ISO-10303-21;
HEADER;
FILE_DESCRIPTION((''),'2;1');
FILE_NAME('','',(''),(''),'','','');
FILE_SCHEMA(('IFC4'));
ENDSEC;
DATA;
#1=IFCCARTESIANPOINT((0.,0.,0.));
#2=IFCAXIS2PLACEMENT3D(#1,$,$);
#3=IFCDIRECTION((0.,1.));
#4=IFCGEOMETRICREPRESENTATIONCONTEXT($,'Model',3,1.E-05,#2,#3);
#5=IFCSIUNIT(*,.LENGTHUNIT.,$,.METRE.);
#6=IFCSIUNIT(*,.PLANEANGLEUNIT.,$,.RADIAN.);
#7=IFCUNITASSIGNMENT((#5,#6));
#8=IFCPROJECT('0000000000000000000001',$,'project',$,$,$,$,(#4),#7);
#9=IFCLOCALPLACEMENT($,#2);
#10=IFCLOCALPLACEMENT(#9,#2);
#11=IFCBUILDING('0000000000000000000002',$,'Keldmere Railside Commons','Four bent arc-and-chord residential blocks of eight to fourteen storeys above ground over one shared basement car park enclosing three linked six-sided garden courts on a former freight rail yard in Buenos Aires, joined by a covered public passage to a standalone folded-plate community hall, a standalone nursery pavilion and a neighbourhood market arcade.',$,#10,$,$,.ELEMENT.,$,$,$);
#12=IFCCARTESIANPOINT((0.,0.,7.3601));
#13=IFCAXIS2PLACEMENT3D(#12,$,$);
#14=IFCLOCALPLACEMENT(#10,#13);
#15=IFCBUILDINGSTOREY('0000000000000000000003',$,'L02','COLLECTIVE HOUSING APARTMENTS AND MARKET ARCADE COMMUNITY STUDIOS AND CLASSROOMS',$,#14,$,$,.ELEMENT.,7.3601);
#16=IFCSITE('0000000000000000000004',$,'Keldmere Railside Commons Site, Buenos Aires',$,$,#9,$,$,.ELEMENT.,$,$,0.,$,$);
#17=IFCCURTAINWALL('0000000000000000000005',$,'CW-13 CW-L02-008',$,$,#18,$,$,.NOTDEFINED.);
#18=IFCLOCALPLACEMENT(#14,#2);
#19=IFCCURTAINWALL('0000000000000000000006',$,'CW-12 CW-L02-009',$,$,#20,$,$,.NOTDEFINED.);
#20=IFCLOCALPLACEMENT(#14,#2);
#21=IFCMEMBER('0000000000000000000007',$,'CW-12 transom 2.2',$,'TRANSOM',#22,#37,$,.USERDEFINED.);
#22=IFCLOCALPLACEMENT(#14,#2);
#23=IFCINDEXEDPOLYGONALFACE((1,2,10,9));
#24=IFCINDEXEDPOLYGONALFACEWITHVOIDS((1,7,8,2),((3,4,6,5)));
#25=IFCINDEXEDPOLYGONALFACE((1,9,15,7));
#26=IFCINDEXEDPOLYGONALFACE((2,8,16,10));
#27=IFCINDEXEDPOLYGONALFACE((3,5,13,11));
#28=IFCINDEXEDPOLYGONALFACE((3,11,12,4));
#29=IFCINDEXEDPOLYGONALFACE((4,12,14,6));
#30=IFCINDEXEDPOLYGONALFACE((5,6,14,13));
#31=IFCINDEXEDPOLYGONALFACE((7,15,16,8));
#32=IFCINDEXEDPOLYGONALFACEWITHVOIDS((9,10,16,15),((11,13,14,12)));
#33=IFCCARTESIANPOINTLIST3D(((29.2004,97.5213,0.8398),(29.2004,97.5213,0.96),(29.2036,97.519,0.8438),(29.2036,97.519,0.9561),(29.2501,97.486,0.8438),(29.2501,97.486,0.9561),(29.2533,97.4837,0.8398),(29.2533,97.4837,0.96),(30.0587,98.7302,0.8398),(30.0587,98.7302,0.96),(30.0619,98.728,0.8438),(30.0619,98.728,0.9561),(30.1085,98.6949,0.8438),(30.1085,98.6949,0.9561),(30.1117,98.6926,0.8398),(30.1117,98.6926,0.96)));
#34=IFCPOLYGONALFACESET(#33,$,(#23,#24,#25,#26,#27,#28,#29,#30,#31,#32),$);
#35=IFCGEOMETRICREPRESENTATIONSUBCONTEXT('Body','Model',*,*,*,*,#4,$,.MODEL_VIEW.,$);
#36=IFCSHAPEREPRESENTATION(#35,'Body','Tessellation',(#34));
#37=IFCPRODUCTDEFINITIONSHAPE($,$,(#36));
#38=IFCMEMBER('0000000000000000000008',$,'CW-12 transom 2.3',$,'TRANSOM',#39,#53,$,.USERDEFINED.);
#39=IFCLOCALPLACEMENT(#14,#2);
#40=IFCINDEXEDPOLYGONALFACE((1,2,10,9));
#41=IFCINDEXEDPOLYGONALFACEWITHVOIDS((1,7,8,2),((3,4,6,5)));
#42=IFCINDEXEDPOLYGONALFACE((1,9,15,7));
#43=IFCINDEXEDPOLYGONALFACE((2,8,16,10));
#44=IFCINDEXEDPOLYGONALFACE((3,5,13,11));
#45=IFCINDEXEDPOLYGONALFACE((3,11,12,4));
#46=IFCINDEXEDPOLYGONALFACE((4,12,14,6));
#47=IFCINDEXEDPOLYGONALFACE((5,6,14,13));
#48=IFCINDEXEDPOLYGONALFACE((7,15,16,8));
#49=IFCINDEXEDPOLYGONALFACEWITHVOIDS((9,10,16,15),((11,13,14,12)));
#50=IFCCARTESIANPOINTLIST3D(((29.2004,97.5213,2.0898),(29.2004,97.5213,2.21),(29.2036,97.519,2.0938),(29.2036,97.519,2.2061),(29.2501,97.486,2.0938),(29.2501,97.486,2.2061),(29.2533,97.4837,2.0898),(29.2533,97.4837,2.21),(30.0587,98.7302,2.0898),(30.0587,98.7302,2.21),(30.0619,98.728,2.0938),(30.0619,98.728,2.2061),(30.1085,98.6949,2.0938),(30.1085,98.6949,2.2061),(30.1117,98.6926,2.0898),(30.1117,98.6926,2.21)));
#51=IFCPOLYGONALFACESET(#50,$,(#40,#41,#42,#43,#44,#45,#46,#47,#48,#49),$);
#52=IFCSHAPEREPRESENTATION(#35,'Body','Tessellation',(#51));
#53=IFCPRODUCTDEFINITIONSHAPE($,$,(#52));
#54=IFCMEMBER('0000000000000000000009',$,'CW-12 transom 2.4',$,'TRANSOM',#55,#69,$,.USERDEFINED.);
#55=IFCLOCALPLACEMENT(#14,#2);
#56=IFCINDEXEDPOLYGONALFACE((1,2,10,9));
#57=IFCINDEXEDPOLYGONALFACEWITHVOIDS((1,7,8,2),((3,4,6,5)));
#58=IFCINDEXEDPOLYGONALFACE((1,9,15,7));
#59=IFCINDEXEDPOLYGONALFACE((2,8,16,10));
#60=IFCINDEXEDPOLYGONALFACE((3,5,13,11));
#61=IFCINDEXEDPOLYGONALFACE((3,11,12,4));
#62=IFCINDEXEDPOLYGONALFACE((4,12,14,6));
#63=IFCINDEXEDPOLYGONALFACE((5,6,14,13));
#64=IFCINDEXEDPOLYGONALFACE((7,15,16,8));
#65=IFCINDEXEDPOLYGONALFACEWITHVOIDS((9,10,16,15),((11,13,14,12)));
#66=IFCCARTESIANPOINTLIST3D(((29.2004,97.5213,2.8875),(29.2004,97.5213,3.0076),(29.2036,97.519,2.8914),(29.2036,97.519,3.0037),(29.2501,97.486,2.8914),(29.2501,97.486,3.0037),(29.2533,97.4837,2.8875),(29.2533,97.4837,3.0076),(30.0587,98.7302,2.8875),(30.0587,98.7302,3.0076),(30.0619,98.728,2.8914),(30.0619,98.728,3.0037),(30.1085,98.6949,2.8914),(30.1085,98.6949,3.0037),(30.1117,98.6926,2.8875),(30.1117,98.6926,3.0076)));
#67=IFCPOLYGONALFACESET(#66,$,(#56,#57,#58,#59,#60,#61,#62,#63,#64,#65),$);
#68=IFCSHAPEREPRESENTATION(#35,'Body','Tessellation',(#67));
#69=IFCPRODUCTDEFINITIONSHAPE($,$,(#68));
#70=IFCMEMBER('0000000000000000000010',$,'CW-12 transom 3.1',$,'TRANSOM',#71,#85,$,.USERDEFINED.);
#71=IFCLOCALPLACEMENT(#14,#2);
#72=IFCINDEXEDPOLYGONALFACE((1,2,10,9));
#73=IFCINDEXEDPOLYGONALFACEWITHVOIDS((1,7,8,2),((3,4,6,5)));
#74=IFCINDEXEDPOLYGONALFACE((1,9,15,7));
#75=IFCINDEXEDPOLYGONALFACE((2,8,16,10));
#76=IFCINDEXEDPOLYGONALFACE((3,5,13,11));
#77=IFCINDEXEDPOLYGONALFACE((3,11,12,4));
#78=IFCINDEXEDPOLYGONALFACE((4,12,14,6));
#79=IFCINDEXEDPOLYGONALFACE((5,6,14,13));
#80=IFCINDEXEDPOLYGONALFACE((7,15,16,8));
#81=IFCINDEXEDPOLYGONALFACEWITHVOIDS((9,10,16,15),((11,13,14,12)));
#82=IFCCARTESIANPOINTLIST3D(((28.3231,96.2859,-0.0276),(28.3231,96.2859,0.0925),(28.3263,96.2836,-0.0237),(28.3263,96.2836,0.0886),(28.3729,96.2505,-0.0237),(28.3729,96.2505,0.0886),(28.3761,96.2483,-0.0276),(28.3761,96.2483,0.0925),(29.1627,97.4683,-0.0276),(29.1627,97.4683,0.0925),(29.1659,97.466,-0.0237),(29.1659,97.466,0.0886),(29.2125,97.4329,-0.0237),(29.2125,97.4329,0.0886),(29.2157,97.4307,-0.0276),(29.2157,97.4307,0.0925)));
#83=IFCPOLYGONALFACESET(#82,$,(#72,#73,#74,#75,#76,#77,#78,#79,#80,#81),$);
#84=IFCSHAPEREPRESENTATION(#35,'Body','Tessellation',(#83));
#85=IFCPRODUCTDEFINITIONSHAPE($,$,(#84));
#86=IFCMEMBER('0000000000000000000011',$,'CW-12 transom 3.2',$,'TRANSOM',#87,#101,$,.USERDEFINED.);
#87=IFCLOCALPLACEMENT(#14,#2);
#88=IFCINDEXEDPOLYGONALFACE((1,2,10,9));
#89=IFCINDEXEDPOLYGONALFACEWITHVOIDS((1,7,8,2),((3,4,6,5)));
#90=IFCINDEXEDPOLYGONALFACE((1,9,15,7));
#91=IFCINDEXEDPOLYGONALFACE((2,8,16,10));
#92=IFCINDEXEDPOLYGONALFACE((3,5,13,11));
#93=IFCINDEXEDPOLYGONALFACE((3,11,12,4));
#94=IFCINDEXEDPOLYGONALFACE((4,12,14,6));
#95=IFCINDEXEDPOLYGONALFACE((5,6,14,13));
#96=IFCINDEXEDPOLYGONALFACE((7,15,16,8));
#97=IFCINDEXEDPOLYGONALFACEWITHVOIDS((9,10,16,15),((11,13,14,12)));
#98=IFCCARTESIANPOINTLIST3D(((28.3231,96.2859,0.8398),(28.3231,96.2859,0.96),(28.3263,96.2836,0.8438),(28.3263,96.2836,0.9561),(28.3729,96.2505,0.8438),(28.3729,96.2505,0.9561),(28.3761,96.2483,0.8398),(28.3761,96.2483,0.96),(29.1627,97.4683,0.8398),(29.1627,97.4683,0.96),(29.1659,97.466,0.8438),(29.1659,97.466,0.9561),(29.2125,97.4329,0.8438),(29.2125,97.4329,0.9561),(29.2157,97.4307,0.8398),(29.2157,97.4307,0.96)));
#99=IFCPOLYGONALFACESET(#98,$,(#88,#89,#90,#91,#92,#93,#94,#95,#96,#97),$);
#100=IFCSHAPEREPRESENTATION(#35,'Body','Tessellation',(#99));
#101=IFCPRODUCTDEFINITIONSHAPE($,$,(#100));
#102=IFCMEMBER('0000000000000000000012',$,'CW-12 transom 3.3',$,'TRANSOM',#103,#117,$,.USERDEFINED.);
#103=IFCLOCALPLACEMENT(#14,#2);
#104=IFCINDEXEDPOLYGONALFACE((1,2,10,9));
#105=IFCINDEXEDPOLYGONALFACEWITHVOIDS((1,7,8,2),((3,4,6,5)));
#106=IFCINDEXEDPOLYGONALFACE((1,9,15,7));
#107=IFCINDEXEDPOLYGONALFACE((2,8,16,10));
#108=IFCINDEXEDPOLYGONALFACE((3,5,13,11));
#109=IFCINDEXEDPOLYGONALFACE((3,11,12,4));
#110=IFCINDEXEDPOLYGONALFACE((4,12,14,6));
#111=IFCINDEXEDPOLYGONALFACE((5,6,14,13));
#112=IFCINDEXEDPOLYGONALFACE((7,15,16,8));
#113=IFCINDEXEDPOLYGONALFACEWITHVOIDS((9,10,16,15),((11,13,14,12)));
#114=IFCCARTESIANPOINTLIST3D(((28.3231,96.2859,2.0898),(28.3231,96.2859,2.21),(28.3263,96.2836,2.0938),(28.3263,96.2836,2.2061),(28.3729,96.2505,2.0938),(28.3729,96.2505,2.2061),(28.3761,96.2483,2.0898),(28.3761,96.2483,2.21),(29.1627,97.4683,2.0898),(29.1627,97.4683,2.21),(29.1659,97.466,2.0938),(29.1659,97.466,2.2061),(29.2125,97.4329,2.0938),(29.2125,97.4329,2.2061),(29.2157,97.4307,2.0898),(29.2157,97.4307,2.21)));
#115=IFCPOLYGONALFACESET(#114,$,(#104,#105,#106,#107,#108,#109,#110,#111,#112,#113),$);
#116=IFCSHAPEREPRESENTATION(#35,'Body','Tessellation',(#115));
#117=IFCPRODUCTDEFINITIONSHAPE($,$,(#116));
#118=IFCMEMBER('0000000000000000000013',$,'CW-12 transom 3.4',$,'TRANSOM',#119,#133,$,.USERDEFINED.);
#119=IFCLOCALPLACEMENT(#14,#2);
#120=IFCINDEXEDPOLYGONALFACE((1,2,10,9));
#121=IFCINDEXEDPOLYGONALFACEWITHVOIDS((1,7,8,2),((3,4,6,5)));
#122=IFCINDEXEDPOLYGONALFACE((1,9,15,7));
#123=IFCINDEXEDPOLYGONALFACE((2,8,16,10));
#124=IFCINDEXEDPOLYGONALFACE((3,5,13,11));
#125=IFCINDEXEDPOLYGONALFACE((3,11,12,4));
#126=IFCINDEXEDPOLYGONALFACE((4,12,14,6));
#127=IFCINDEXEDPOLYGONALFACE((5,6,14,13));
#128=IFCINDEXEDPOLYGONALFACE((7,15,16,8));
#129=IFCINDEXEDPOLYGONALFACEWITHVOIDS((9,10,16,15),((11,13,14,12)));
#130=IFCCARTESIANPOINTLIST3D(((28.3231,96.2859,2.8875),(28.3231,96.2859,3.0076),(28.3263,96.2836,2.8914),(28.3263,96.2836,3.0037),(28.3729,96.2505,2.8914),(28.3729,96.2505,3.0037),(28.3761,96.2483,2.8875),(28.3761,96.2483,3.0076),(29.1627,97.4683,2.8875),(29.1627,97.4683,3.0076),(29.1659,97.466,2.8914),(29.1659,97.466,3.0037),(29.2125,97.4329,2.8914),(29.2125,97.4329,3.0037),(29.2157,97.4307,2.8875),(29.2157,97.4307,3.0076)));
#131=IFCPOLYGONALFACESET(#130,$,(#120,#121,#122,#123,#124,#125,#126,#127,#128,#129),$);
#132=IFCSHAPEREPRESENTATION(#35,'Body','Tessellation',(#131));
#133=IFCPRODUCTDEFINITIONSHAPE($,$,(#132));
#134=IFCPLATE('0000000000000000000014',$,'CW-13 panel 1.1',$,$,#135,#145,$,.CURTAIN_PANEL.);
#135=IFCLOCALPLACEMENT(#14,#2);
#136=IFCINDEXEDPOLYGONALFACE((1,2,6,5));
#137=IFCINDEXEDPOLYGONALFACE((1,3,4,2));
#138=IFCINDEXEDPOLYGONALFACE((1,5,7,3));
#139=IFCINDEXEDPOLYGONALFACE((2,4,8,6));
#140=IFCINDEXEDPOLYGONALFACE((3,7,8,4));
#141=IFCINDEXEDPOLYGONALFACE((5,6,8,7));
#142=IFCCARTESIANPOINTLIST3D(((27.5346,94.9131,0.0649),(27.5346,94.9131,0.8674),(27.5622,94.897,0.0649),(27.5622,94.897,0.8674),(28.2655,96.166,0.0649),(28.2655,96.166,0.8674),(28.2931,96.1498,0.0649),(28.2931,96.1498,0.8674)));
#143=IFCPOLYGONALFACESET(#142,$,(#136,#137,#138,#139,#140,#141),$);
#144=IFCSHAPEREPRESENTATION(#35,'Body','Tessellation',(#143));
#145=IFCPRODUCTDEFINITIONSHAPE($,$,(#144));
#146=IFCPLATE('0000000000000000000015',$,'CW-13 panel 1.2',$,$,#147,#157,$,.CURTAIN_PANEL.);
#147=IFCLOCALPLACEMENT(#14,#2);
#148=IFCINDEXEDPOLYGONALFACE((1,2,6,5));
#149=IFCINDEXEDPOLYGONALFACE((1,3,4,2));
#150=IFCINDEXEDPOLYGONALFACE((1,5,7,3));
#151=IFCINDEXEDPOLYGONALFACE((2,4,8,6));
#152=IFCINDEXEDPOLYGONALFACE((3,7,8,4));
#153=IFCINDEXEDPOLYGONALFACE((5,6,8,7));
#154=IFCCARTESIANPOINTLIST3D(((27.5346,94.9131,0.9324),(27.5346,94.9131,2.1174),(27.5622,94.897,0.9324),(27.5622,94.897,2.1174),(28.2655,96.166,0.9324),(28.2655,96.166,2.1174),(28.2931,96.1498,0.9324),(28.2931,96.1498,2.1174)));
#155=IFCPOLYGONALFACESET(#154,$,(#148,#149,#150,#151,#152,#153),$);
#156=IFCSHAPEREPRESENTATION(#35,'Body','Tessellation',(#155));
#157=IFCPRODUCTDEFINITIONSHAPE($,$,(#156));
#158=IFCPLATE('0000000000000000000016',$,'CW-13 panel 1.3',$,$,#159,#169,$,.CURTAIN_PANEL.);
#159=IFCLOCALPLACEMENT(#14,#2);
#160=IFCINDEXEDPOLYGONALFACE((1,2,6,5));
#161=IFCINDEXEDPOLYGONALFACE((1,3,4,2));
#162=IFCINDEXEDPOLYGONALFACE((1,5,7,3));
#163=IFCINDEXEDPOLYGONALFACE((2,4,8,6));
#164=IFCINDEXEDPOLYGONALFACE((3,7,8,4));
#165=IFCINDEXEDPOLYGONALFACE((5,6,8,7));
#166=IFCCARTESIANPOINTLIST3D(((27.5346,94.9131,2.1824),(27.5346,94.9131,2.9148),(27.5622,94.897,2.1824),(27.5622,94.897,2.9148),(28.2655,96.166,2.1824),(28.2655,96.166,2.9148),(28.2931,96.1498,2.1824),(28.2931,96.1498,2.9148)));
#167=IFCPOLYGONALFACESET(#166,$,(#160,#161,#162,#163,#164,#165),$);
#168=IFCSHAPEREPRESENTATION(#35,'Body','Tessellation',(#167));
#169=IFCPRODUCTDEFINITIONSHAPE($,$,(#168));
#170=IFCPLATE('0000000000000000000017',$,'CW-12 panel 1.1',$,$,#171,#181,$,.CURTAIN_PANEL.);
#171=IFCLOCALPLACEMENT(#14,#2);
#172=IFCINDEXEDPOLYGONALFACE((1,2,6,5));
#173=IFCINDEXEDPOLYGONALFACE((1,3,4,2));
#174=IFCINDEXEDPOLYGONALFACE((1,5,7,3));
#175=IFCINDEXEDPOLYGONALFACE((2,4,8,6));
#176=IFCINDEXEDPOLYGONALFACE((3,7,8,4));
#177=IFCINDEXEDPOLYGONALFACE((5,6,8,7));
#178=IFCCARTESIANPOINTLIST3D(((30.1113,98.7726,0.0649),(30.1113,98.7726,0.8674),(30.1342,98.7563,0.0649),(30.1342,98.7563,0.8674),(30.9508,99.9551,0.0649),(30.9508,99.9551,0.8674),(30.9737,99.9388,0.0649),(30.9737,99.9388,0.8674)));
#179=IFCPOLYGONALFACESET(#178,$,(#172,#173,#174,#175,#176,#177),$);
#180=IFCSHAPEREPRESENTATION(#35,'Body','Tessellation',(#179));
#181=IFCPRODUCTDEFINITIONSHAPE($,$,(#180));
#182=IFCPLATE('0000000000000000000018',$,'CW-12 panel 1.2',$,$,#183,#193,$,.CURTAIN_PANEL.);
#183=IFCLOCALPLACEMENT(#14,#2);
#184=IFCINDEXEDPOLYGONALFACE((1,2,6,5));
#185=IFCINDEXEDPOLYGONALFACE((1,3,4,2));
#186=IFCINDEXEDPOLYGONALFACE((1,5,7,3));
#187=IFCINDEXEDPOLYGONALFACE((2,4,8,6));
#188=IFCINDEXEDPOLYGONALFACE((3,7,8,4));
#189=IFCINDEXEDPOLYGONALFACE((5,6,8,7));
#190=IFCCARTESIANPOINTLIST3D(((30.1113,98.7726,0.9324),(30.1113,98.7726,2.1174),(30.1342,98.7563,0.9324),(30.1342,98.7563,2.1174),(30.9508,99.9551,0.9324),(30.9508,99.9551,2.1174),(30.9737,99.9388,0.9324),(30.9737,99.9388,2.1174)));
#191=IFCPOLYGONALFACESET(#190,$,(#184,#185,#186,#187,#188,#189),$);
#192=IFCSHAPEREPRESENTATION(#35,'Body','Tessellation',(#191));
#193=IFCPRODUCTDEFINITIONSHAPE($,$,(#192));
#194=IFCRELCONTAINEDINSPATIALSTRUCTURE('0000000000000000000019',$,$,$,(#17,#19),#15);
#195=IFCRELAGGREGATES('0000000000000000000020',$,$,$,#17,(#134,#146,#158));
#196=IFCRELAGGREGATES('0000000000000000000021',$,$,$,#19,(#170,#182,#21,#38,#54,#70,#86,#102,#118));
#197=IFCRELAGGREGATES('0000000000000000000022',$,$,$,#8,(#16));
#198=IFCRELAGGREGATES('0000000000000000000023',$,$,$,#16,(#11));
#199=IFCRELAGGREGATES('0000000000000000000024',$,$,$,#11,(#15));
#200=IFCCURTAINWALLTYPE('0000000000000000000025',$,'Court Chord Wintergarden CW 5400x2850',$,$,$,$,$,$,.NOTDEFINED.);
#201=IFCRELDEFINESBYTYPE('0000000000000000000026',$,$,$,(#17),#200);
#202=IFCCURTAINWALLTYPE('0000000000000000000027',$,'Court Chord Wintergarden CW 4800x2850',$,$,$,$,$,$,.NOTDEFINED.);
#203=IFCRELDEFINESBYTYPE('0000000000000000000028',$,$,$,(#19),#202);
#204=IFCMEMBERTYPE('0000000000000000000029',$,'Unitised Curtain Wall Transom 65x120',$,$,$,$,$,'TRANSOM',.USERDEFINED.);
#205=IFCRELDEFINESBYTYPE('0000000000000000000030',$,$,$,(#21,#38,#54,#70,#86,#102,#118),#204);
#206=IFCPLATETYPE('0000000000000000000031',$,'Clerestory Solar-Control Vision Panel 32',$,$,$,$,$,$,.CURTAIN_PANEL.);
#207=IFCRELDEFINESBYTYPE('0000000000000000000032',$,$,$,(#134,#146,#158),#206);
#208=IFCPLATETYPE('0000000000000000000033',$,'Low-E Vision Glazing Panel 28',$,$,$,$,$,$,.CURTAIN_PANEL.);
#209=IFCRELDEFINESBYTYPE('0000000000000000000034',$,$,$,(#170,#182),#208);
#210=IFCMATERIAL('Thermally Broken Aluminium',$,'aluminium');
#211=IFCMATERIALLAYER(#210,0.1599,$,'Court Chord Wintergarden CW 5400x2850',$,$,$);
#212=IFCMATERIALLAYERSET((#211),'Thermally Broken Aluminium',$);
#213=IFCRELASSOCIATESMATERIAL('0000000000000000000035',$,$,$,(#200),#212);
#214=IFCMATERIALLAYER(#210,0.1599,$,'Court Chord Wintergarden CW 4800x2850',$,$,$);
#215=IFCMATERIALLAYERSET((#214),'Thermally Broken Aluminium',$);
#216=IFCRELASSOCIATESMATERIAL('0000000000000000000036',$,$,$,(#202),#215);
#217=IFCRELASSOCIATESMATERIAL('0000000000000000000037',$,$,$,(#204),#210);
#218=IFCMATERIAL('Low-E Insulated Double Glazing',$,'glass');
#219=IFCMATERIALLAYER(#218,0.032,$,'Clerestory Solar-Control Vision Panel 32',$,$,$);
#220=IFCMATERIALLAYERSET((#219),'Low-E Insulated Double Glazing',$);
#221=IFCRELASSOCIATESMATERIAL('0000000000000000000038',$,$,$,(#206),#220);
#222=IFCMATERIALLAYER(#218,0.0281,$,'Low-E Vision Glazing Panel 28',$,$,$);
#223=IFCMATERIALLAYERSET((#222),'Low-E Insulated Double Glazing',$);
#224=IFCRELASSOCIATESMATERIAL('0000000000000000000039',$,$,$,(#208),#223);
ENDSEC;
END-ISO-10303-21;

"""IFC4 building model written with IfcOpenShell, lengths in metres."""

from ifc_helpers import new_model, si_unit, direction, frame, origin, origin_2d, place, context, subcontext, project, spatial, rectangle, hollow_rectangle, extrude, material, layer, layer_set, material_profile, profile_set, type_object, element, aggregate, save


model = new_model("IFC4")

# Units and contexts
model_context = context("Model", 3, precision=1e-05, world=origin(), true_north=direction((0.0, 1.0)))
body_context = subcontext(model_context, "Body", "Model", "MODEL_VIEW")
ifc_project = project(units=[si_unit("LENGTHUNIT", "METRE"), si_unit("PLANEANGLEUNIT", "RADIAN")], contexts=[model_context])

# Site, building, storey
site_placement = place(None, origin())
site = spatial("IfcSite", under=ifc_project, at=site_placement, Name="Keldmere Railside Commons Site, Buenos Aires", CompositionType="ELEMENT", RefElevation=0.0)
building_placement = place(site_placement, origin())
building = spatial("IfcBuilding", under=site, at=building_placement, Name="Keldmere Railside Commons", Description="Four bent arc-and-chord residential blocks of eight to fourteen storeys above ground over one shared basement car park enclosing three linked six-sided garden courts on a former freight rail yard in Buenos Aires, joined by a covered public passage to a standalone folded-plate community hall, a standalone nursery pavilion and a neighbourhood market arcade.", CompositionType="ELEMENT")
storey_placement = place(building_placement, frame((0.0, 0.0, 7.3601)))
storey = spatial("IfcBuildingStorey", under=building, at=storey_placement, Name="L02", Description="COLLECTIVE HOUSING APARTMENTS AND MARKET ARCADE COMMUNITY STUDIOS AND CLASSROOMS", CompositionType="ELEMENT", Elevation=7.3601)

# Curtain wall
ifc_material_1 = material(Name="Thermally Broken Aluminium", Category="aluminium")
ifc_layer_1 = layer(ifc_material_1, 0.1599, Name="Court Chord Wintergarden CW 5400x2850")
ifc_layer_set_1 = layer_set([ifc_layer_1], Name="Thermally Broken Aluminium")
curtain_wall_type_1 = type_object("IfcCurtainWallType", Name="Court Chord Wintergarden CW 5400x2850", PredefinedType="NOTDEFINED", material=ifc_layer_set_1)
curtain_wall_1_placement = place(storey_placement, origin())
curtain_wall_1 = element("IfcCurtainWall", 1, at=curtain_wall_1_placement, inside=storey, type_object=curtain_wall_type_1, Name="CW-13 CW-L02-008", PredefinedType="NOTDEFINED")

# Curtain wall
ifc_layer_2 = layer(ifc_material_1, 0.1599, Name="Court Chord Wintergarden CW 4800x2850")
ifc_layer_set_2 = layer_set([ifc_layer_2], Name="Thermally Broken Aluminium")
curtain_wall_type_2 = type_object("IfcCurtainWallType", Name="Court Chord Wintergarden CW 4800x2850", PredefinedType="NOTDEFINED", material=ifc_layer_set_2)
curtain_wall_2_placement = place(storey_placement, origin())
curtain_wall_2 = element("IfcCurtainWall", 2, at=curtain_wall_2_placement, inside=storey, type_object=curtain_wall_type_2, Name="CW-12 CW-L02-009", PredefinedType="NOTDEFINED")

# Members
ifc_material_profile_1 = material_profile(ifc_material_1, hollow_rectangle(XDim=0.0649, YDim=0.1201, WallThickness=0.0039, at=origin_2d()), Name="ALU-TRAN-65x120")
ifc_profile_set_1 = profile_set([ifc_material_profile_1], Name="Thermally Broken Aluminium")
member_type_1 = type_object("IfcMemberType", Name="Unitised Curtain Wall Transom 65x120", ElementType="TRANSOM", PredefinedType="USERDEFINED", material=ifc_profile_set_1)
member_1_placement = place(storey_placement, frame((30.0852, 98.7114, 0.8999), z_axis=(-0.578931, -0.815377, 0.0), x_axis=(0.815377, -0.578931, 0.0)))
member_1 = element("IfcMember", 3, at=member_1_placement, type_object=member_type_1, Name="CW-12 transom 2.2", ObjectType="TRANSOM", PredefinedType="USERDEFINED", context=body_context, shape_type="SweptSolid", body=[
    extrude(hollow_rectangle(XDim=0.0649, YDim=0.1201, WallThickness=0.0039, at=origin_2d()), origin(), (0.0, 0.0, 1.0), 1.4827),
])
member_2_placement = place(storey_placement, frame((30.0852, 98.7114, 2.1499), z_axis=(-0.578931, -0.815377, 0.0), x_axis=(0.815377, -0.578931, 0.0)))
member_2 = element("IfcMember", 4, at=member_2_placement, type_object=member_type_1, Name="CW-12 transom 2.3", ObjectType="TRANSOM", PredefinedType="USERDEFINED", context=body_context, shape_type="SweptSolid", body=[
    extrude(hollow_rectangle(XDim=0.0649, YDim=0.1201, WallThickness=0.0039, at=origin_2d()), origin(), (0.0, 0.0, 1.0), 1.4827),
])
member_3_placement = place(storey_placement, frame((30.0852, 98.7114, 2.9475), z_axis=(-0.578931, -0.815377, 0.0), x_axis=(0.815377, -0.578931, 0.0)))
member_3 = element("IfcMember", 5, at=member_3_placement, type_object=member_type_1, Name="CW-12 transom 2.4", ObjectType="TRANSOM", PredefinedType="USERDEFINED", context=body_context, shape_type="SweptSolid", body=[
    extrude(hollow_rectangle(XDim=0.0649, YDim=0.1201, WallThickness=0.0039, at=origin_2d()), origin(), (0.0, 0.0, 1.0), 1.4827),
])
member_4_placement = place(storey_placement, frame((29.1892, 97.4495, 0.0325), z_axis=(-0.578975, -0.815346, 0.0), x_axis=(0.815346, -0.578975, 0.0)))
member_4 = element("IfcMember", 6, at=member_4_placement, type_object=member_type_1, Name="CW-12 transom 3.1", ObjectType="TRANSOM", PredefinedType="USERDEFINED", context=body_context, shape_type="SweptSolid", body=[
    extrude(hollow_rectangle(XDim=0.0649, YDim=0.1201, WallThickness=0.0039, at=origin_2d()), origin(), (0.0, 0.0, 1.0), 1.4502),
])
member_5_placement = place(storey_placement, frame((29.1892, 97.4495, 0.8999), z_axis=(-0.578975, -0.815346, 0.0), x_axis=(0.815346, -0.578975, 0.0)))
member_5 = element("IfcMember", 7, at=member_5_placement, type_object=member_type_1, Name="CW-12 transom 3.2", ObjectType="TRANSOM", PredefinedType="USERDEFINED", context=body_context, shape_type="SweptSolid", body=[
    extrude(hollow_rectangle(XDim=0.0649, YDim=0.1201, WallThickness=0.0039, at=origin_2d()), origin(), (0.0, 0.0, 1.0), 1.4502),
])
member_6_placement = place(storey_placement, frame((29.1892, 97.4495, 2.1499), z_axis=(-0.578975, -0.815346, 0.0), x_axis=(0.815346, -0.578975, 0.0)))
member_6 = element("IfcMember", 8, at=member_6_placement, type_object=member_type_1, Name="CW-12 transom 3.3", ObjectType="TRANSOM", PredefinedType="USERDEFINED", context=body_context, shape_type="SweptSolid", body=[
    extrude(hollow_rectangle(XDim=0.0649, YDim=0.1201, WallThickness=0.0039, at=origin_2d()), origin(), (0.0, 0.0, 1.0), 1.4502),
])
member_7_placement = place(storey_placement, frame((29.1892, 97.4495, 2.9475), z_axis=(-0.578975, -0.815346, 0.0), x_axis=(0.815346, -0.578975, 0.0)))
member_7 = element("IfcMember", 9, at=member_7_placement, type_object=member_type_1, Name="CW-12 transom 3.4", ObjectType="TRANSOM", PredefinedType="USERDEFINED", context=body_context, shape_type="SweptSolid", body=[
    extrude(hollow_rectangle(XDim=0.0649, YDim=0.1201, WallThickness=0.0039, at=origin_2d()), origin(), (0.0, 0.0, 1.0), 1.4502),
])

# Plates
ifc_material_2 = material(Name="Low-E Insulated Double Glazing", Category="glass")
ifc_layer_3 = layer(ifc_material_2, 0.032, Name="Clerestory Solar-Control Vision Panel 32")
ifc_layer_set_3 = layer_set([ifc_layer_3], Name="Low-E Insulated Double Glazing")
plate_type_1 = type_object("IfcPlateType", Name="Clerestory Solar-Control Vision Panel 32", PredefinedType="CURTAIN_PANEL", material=ifc_layer_set_3)
plate_1_placement = place(storey_placement, frame((27.9138, 95.5315, 0.0649), z_axis=(0.0, 0.0, 1.0), x_axis=(-0.503911, -0.863755, 0.0)))
plate_1 = element("IfcPlate", 10, at=plate_1_placement, type_object=plate_type_1, Name="CW-13 panel 1.1", PredefinedType="CURTAIN_PANEL", context=body_context, shape_type="SweptSolid", body=[
    extrude(rectangle(XDim=1.4504, YDim=0.032, at=origin_2d()), origin(), (0.0, 0.0, 1.0), 0.8025),
])
plate_2_placement = place(storey_placement, frame((27.9138, 95.5315, 0.9324), z_axis=(0.0, 0.0, 1.0), x_axis=(-0.503911, -0.863755, 0.0)))
plate_2 = element("IfcPlate", 11, at=plate_2_placement, type_object=plate_type_1, Name="CW-13 panel 1.2", PredefinedType="CURTAIN_PANEL", context=body_context, shape_type="SweptSolid", body=[
    extrude(rectangle(XDim=1.4504, YDim=0.032, at=origin_2d()), origin(), (0.0, 0.0, 1.0), 1.1851),
])
plate_3_placement = place(storey_placement, frame((27.9138, 95.5315, 2.1824), z_axis=(0.0, 0.0, 1.0), x_axis=(-0.503911, -0.863755, 0.0)))
plate_3 = element("IfcPlate", 12, at=plate_3_placement, type_object=plate_type_1, Name="CW-13 panel 1.3", PredefinedType="CURTAIN_PANEL", context=body_context, shape_type="SweptSolid", body=[
    extrude(rectangle(XDim=1.4504, YDim=0.032, at=origin_2d()), origin(), (0.0, 0.0, 1.0), 0.7324),
])
aggregate(curtain_wall_1, [plate_1, plate_2, plate_3])
ifc_layer_4 = layer(ifc_material_2, 0.0281, Name="Low-E Vision Glazing Panel 28")
ifc_layer_set_4 = layer_set([ifc_layer_4], Name="Low-E Insulated Double Glazing")
plate_type_2 = type_object("IfcPlateType", Name="Low-E Vision Glazing Panel 28", PredefinedType="CURTAIN_PANEL", material=ifc_layer_set_4)
plate_4_placement = place(storey_placement, frame((30.5425, 99.3557, 0.0649), z_axis=(0.0, 0.0, 1.0), x_axis=(-0.578913, -0.815389, 0.0)))
plate_4 = element("IfcPlate", 13, at=plate_4_placement, type_object=plate_type_2, Name="CW-12 panel 1.1", PredefinedType="CURTAIN_PANEL", context=body_context, shape_type="SweptSolid", body=[
    extrude(rectangle(XDim=1.4502, YDim=0.0281, at=origin_2d()), origin(), (0.0, 0.0, 1.0), 0.8025),
])
plate_5_placement = place(storey_placement, frame((30.5425, 99.3557, 0.9324), z_axis=(0.0, 0.0, 1.0), x_axis=(-0.578913, -0.815389, 0.0)))
plate_5 = element("IfcPlate", 14, at=plate_5_placement, type_object=plate_type_2, Name="CW-12 panel 1.2", PredefinedType="CURTAIN_PANEL", context=body_context, shape_type="SweptSolid", body=[
    extrude(rectangle(XDim=1.4502, YDim=0.0281, at=origin_2d()), origin(), (0.0, 0.0, 1.0), 1.1851),
])
aggregate(curtain_wall_2, [plate_4, plate_5, member_1, member_2, member_3, member_4, member_5, member_6, member_7])

save(model, "model.ifc")
